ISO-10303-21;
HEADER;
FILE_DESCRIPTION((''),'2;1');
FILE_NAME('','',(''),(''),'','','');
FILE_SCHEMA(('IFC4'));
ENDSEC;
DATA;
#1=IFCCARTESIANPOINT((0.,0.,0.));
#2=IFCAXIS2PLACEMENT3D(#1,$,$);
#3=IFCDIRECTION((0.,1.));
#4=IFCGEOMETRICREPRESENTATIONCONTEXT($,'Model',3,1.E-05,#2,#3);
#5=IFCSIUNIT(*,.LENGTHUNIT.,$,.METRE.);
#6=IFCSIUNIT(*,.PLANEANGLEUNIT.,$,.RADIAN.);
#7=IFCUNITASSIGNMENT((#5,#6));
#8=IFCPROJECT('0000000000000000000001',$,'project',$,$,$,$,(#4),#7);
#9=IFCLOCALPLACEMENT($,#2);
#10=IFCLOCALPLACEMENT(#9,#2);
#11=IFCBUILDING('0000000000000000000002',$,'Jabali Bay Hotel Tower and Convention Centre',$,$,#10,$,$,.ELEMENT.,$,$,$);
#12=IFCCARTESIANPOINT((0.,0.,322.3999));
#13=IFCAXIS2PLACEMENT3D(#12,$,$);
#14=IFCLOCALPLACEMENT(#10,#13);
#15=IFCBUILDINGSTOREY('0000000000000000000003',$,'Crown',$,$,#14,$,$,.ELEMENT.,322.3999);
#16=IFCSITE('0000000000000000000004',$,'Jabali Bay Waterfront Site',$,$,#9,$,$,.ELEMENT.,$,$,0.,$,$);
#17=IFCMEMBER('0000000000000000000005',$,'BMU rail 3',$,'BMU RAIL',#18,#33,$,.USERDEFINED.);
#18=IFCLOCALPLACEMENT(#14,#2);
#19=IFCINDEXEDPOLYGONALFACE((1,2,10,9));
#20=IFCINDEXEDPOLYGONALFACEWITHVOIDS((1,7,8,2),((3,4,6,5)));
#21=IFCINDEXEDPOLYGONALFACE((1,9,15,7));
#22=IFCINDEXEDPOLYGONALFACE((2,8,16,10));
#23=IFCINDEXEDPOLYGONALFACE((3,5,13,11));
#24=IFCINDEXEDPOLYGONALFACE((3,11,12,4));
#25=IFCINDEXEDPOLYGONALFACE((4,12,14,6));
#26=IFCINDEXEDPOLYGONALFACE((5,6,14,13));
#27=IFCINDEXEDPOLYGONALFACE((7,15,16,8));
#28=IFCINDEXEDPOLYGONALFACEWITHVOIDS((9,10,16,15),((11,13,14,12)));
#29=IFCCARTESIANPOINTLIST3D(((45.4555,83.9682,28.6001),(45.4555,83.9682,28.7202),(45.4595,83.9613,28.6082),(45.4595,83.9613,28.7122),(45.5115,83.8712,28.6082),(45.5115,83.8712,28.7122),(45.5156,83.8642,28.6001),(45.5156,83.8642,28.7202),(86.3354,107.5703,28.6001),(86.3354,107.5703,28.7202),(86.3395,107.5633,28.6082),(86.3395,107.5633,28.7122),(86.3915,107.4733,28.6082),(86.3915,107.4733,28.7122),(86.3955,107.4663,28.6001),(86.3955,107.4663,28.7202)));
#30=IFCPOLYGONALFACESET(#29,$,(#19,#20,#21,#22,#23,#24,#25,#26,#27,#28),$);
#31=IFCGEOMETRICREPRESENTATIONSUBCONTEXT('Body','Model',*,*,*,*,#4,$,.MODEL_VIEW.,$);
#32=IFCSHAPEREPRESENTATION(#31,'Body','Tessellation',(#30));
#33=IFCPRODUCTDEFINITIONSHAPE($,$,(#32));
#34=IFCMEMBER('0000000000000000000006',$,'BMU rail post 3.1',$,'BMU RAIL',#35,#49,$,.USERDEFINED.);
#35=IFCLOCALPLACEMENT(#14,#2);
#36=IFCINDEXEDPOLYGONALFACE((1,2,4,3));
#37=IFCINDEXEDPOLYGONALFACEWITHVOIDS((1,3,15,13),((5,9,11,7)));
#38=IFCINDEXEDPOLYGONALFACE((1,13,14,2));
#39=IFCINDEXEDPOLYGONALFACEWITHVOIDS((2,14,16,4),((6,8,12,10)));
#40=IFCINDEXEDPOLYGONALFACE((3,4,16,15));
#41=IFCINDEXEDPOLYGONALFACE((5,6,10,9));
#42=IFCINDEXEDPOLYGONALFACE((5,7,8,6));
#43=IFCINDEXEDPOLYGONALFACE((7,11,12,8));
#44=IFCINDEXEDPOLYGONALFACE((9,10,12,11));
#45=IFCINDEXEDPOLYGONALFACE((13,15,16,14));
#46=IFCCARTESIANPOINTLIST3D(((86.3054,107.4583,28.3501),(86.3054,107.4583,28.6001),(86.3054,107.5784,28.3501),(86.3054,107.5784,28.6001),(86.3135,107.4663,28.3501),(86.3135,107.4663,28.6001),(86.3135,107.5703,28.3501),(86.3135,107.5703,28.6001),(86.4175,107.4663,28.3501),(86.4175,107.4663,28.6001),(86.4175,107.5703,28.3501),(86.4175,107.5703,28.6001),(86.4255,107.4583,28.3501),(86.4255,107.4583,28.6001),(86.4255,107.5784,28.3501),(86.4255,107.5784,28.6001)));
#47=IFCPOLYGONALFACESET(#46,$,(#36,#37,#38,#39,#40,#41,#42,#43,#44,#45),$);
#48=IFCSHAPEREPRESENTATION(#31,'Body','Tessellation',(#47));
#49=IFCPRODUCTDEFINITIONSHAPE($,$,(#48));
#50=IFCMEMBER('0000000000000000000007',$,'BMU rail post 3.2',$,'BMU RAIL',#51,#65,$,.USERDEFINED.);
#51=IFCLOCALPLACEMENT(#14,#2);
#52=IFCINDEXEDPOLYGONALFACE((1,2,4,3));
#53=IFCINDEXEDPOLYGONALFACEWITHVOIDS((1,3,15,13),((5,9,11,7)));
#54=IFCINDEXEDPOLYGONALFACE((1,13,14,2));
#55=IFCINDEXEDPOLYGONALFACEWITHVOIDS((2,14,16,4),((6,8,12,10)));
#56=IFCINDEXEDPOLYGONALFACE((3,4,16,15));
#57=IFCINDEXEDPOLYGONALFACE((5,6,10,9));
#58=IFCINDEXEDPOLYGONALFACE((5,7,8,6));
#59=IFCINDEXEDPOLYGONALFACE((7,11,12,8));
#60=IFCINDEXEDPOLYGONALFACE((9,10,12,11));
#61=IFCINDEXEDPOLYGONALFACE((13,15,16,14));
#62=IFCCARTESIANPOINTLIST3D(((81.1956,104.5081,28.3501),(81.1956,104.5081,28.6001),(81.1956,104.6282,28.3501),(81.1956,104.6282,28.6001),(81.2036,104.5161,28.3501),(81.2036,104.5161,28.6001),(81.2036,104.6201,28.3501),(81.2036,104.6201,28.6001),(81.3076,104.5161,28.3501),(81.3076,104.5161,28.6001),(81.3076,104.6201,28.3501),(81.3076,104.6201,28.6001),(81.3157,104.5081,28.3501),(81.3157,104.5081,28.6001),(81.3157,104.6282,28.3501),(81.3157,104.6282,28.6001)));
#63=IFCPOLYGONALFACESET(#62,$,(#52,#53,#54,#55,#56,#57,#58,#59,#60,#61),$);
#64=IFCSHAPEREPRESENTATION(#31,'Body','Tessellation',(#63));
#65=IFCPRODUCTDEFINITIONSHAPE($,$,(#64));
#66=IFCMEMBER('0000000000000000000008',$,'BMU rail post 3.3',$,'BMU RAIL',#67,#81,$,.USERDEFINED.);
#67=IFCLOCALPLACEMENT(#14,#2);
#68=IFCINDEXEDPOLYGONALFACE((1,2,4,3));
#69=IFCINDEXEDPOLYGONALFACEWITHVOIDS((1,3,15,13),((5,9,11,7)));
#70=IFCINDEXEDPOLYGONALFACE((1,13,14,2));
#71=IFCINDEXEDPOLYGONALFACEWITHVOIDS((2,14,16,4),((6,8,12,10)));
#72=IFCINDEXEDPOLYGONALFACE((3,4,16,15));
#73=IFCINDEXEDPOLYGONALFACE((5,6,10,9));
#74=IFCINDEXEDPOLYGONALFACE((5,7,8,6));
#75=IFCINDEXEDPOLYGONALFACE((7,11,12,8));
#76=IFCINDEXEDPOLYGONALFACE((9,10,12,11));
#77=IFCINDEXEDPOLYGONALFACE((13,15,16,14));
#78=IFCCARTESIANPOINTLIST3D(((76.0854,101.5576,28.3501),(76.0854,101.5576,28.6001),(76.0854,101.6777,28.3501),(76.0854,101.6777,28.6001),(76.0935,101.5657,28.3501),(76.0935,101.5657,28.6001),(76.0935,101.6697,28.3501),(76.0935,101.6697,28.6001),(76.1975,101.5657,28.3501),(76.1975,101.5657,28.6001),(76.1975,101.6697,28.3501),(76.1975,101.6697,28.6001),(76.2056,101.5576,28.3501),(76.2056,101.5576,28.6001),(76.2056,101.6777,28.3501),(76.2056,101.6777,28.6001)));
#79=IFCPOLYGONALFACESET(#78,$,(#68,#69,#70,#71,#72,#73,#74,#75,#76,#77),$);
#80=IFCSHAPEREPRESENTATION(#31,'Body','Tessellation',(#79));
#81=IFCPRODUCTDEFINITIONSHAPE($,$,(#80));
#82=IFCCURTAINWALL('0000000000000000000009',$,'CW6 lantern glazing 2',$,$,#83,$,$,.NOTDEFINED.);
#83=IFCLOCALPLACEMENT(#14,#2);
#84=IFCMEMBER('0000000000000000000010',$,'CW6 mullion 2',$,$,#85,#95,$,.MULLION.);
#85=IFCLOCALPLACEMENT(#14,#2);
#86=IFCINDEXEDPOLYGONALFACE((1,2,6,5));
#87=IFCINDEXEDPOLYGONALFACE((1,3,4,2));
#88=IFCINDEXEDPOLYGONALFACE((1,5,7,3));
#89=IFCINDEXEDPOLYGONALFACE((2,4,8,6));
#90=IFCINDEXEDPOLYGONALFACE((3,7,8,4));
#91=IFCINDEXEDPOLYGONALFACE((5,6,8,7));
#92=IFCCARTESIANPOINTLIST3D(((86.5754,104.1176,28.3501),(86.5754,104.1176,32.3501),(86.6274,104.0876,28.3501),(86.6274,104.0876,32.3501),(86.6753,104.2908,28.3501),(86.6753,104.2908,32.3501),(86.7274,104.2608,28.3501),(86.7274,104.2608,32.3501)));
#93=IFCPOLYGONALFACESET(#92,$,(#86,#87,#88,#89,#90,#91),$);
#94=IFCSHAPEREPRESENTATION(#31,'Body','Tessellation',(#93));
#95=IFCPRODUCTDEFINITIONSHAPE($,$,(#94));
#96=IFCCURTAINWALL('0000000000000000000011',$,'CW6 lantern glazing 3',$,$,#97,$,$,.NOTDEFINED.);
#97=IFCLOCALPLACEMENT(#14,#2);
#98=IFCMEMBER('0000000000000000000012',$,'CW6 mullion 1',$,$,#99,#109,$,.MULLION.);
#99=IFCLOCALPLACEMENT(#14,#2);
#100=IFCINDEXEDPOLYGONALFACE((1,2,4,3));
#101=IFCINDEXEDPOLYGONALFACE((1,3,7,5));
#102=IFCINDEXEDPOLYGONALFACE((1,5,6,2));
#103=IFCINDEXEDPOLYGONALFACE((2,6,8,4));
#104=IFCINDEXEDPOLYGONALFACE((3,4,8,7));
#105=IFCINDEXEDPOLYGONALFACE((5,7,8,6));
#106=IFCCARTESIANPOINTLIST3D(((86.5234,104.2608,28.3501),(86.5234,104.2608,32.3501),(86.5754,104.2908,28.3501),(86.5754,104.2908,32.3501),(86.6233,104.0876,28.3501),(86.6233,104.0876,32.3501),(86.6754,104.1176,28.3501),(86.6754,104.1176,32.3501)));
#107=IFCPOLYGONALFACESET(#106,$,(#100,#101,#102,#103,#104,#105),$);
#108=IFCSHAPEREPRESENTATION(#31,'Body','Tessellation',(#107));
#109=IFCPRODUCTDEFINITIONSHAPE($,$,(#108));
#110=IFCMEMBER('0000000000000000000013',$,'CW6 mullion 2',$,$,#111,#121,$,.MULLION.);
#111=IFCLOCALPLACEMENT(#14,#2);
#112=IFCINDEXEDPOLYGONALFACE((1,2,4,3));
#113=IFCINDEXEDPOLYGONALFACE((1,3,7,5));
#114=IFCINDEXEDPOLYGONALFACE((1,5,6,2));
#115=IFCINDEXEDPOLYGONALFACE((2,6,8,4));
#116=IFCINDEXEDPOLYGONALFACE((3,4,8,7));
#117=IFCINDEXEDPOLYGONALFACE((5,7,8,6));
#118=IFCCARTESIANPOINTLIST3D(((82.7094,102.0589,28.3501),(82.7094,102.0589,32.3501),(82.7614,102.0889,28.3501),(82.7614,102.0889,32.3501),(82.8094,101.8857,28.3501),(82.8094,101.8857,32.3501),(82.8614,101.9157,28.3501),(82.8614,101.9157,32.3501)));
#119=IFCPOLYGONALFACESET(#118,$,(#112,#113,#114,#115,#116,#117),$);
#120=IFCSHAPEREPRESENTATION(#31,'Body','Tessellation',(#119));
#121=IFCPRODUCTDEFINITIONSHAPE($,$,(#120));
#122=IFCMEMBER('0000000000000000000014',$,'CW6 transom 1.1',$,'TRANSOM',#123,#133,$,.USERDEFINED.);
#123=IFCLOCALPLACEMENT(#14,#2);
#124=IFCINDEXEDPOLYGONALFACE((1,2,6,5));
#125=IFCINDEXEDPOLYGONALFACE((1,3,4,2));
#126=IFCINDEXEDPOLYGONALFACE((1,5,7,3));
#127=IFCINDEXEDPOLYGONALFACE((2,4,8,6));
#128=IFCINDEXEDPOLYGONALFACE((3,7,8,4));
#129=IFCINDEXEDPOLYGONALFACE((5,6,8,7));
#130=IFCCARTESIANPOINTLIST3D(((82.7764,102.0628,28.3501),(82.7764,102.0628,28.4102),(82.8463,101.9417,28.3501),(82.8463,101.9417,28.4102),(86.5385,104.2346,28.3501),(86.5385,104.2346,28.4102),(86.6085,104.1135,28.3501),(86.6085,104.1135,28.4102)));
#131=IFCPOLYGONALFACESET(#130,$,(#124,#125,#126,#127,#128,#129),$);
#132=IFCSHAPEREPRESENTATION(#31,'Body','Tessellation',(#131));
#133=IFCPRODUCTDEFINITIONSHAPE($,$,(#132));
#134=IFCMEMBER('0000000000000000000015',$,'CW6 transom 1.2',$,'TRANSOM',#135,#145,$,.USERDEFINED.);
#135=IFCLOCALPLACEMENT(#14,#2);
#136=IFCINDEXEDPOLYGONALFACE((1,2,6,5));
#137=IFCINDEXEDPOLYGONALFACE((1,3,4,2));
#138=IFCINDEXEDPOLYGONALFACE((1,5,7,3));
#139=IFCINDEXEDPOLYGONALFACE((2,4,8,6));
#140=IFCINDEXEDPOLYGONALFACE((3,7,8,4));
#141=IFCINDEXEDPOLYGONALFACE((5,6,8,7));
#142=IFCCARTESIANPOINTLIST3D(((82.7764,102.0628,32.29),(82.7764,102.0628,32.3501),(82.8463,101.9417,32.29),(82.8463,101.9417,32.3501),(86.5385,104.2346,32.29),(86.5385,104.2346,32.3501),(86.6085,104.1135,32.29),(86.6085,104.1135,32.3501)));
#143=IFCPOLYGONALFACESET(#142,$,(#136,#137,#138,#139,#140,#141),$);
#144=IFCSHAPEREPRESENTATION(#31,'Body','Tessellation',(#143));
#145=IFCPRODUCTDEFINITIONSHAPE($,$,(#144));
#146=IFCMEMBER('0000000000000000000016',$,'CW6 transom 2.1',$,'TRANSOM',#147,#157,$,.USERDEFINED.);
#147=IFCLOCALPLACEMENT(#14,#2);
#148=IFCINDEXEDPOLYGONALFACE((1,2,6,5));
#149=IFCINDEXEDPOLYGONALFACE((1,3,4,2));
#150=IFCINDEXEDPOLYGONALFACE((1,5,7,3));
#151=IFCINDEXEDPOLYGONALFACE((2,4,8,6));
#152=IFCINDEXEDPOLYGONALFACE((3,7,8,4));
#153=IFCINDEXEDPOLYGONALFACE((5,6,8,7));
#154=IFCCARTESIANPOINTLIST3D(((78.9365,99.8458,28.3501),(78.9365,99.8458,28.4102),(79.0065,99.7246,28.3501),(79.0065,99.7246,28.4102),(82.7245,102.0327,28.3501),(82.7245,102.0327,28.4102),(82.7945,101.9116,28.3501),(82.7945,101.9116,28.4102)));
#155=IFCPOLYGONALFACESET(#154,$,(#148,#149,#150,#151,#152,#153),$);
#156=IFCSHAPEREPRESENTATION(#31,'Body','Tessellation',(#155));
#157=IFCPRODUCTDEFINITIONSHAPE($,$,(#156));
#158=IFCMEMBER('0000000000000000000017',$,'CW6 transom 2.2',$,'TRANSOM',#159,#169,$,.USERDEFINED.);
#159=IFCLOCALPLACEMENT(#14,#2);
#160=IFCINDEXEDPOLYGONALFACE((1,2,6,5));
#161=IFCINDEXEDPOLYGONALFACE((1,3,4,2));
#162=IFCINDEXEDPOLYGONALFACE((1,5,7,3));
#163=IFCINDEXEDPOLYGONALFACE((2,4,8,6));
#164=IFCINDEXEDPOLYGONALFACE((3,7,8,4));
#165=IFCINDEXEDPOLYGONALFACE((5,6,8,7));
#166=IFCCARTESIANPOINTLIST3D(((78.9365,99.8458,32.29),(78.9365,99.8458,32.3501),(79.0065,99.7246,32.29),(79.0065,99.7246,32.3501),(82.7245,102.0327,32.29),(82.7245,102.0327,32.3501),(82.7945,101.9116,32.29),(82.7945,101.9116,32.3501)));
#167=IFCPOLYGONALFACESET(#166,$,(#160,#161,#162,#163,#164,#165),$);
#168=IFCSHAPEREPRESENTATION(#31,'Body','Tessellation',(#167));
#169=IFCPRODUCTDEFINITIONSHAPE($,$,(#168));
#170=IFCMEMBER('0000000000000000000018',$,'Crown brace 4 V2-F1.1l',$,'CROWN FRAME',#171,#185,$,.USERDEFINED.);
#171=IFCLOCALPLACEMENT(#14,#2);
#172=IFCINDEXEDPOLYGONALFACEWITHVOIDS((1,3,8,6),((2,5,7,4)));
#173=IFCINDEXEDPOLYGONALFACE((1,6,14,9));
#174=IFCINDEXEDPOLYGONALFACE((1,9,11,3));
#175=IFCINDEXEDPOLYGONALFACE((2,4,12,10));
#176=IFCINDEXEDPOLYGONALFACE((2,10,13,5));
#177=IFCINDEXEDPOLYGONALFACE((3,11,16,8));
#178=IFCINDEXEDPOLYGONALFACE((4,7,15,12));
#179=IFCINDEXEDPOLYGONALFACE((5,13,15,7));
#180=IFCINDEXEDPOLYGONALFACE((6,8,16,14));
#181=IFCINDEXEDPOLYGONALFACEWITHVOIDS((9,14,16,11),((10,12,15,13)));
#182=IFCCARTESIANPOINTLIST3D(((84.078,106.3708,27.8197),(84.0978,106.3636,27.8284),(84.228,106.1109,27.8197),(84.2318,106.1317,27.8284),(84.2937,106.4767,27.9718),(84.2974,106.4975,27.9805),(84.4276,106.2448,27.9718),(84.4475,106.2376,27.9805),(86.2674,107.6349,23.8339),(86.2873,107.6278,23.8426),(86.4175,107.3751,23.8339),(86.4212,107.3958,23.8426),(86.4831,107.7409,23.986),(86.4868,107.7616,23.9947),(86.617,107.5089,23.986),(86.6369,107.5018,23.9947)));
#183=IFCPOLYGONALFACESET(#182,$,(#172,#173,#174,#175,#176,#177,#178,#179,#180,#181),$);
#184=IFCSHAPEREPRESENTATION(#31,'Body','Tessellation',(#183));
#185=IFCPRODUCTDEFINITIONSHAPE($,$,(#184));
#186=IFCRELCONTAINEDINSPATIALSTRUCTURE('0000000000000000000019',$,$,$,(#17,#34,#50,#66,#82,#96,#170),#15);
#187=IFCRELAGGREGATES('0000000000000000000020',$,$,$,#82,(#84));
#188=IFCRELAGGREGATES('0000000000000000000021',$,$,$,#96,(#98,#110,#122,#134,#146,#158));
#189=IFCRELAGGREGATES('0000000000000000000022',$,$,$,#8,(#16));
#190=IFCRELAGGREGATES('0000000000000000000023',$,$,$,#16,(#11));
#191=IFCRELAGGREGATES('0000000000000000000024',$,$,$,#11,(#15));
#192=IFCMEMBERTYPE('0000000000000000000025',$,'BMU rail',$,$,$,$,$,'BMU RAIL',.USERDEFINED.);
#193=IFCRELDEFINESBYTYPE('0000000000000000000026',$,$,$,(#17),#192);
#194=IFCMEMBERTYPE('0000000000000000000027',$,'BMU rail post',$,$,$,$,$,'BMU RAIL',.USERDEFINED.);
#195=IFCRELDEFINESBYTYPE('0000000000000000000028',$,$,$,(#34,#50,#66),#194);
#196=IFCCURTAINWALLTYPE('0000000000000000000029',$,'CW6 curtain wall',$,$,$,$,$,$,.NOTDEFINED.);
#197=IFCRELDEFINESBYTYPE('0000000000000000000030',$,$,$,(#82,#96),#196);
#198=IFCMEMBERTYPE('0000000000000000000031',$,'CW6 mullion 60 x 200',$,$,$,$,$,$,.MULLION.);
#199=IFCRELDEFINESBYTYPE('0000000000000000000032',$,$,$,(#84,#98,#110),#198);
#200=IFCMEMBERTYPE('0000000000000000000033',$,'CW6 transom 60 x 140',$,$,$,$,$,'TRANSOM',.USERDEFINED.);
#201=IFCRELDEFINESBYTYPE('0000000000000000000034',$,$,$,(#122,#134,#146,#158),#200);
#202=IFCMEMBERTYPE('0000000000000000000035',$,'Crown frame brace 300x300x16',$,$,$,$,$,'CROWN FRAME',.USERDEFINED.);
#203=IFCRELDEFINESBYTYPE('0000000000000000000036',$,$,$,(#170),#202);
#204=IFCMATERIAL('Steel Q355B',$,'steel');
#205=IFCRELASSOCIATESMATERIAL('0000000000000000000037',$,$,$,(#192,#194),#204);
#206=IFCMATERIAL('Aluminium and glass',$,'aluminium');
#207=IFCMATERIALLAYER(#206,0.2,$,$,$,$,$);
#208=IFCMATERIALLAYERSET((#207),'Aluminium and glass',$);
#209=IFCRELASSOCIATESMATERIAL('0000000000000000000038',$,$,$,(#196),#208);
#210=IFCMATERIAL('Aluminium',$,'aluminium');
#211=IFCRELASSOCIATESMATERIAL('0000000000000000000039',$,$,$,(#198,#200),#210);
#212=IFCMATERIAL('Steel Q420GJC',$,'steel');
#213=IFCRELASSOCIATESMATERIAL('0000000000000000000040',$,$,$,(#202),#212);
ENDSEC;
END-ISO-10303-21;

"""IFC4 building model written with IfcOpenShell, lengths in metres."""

from ifc_helpers import new_model, si_unit, direction, frame, origin, origin_2d, place, context, subcontext, project, spatial, rectangle, hollow_rectangle, extrude, material, layer, layer_set, material_profile, profile_set, type_object, element, aggregate, save


model = new_model("IFC4")

# Units and contexts
model_context = context("Model", 3, precision=1e-05, world=origin(), true_north=direction((0.0, 1.0)))
body_context = subcontext(model_context, "Body", "Model", "MODEL_VIEW")
ifc_project = project(units=[si_unit("LENGTHUNIT", "METRE"), si_unit("PLANEANGLEUNIT", "RADIAN")], contexts=[model_context])

# Site, building, storey
site_placement = place(None, origin())
site = spatial("IfcSite", under=ifc_project, at=site_placement, Name="Jabali Bay Waterfront Site", CompositionType="ELEMENT", RefElevation=0.0)
building_placement = place(site_placement, origin())
building = spatial("IfcBuilding", under=site, at=building_placement, Name="Jabali Bay Hotel Tower and Convention Centre", CompositionType="ELEMENT")
storey_placement = place(building_placement, frame((0.0, 0.0, 322.3999)))
storey = spatial("IfcBuildingStorey", under=building, at=storey_placement, Name="Crown", CompositionType="ELEMENT", Elevation=322.3999)

# Members
ifc_material_1 = material(Name="Steel Q355B", Category="steel")
ifc_material_profile_1 = material_profile(ifc_material_1, hollow_rectangle(XDim=0.1201, YDim=0.1201, WallThickness=0.0081, at=origin_2d()), Name="BMU rail")
ifc_profile_set_1 = profile_set([ifc_material_profile_1], Name="Steel Q355B")
member_type_1 = type_object("IfcMemberType", Name="BMU rail", ElementType="BMU RAIL", PredefinedType="USERDEFINED", material=ifc_profile_set_1)
member_1_placement = place(storey_placement, frame((86.3655, 107.5183, 28.6602), z_axis=(-0.866025, -0.500001, 0.0), x_axis=(0.500001, -0.866025, 0.0)))
element("IfcMember", 1, at=member_1_placement, inside=storey, type_object=member_type_1, Name="BMU rail 3", ObjectType="BMU RAIL", PredefinedType="USERDEFINED", context=body_context, shape_type="SweptSolid", body=[
    extrude(hollow_rectangle(XDim=0.1201, YDim=0.1201, WallThickness=0.0081, at=origin_2d()), origin(), (0.0, 0.0, 1.0), 47.2041),
])
ifc_material_profile_2 = material_profile(ifc_material_1, hollow_rectangle(XDim=0.1201, YDim=0.1201, WallThickness=0.0081, at=origin_2d()), Name="BMU rail post")
ifc_profile_set_2 = profile_set([ifc_material_profile_2], Name="Steel Q355B")
member_type_2 = type_object("IfcMemberType", Name="BMU rail post", ElementType="BMU RAIL", PredefinedType="USERDEFINED", material=ifc_profile_set_2)
for number, where, z_axis, x_axis, name in (
    (2, (86.3655, 107.5183, 28.3501), (0.0, 0.0, 1.0), (1.0, 0.0, 0.0), "BMU rail post 3.1"),
    (3, (81.2556, 104.5681, 28.3501), (0.0, 0.0, 1.0), (1.0, 0.0, 0.0), "BMU rail post 3.2"),
    (4, (76.1455, 101.6177, 28.3501), (0.0, 0.0, 1.0), (1.0, 0.0, 0.0), "BMU rail post 3.3"),
):
    element("IfcMember", number, at=place(storey_placement, frame(where, z_axis=z_axis, x_axis=x_axis)), inside=storey, type_object=member_type_2, Name=name, ObjectType="BMU RAIL", PredefinedType="USERDEFINED", context=body_context, shape_type="SweptSolid", body=[
        extrude(hollow_rectangle(XDim=0.1201, YDim=0.1201, WallThickness=0.0081, at=origin_2d()), origin(), (0.0, 0.0, 1.0), 0.25),
    ])

# Curtain wall, member
ifc_material_2 = material(Name="Aluminium and glass", Category="aluminium")
ifc_layer_1 = layer(ifc_material_2, 0.2)
ifc_layer_set_1 = layer_set([ifc_layer_1], Name="Aluminium and glass")
curtain_wall_type = type_object("IfcCurtainWallType", Name="CW6 curtain wall", PredefinedType="NOTDEFINED", material=ifc_layer_set_1)
curtain_wall_1_placement = place(storey_placement, origin())
curtain_wall_1 = element("IfcCurtainWall", 5, at=curtain_wall_1_placement, inside=storey, type_object=curtain_wall_type, Name="CW6 lantern glazing 2", PredefinedType="NOTDEFINED")
ifc_material_3 = material(Name="Aluminium", Category="aluminium")
ifc_material_profile_3 = material_profile(ifc_material_3, rectangle(XDim=0.2, YDim=0.0601, at=origin_2d()), Name="CW6 mullion 60 x 200")
ifc_profile_set_3 = profile_set([ifc_material_profile_3], Name="Aluminium")
member_type_3 = type_object("IfcMemberType", Name="CW6 mullion 60 x 200", PredefinedType="MULLION", material=ifc_profile_set_3)
member_2_placement = place(storey_placement, frame((86.6514, 104.1892, 28.3501), z_axis=(0.0, 0.0, 1.0), x_axis=(-0.5, -0.866025, 0.0)))
member_2 = element("IfcMember", 6, at=member_2_placement, type_object=member_type_3, Name="CW6 mullion 2", PredefinedType="MULLION", context=body_context, shape_type="SweptSolid", body=[
    extrude(rectangle(XDim=0.2, YDim=0.0601, at=origin_2d()), origin(), (0.0, 0.0, 1.0), 4.0),
])
aggregate(curtain_wall_1, [member_2])

# Curtain wall, members
curtain_wall_2_placement = place(storey_placement, origin())
curtain_wall_2 = element("IfcCurtainWall", 7, at=curtain_wall_2_placement, inside=storey, type_object=curtain_wall_type, Name="CW6 lantern glazing 3", PredefinedType="NOTDEFINED")
member_3_placement = place(storey_placement, frame((86.5994, 104.1892, 28.3501), z_axis=(0.0, 0.0, 1.0), x_axis=(0.5, -0.866025, 0.0)))
member_3 = element("IfcMember", 8, at=member_3_placement, type_object=member_type_3, Name="CW6 mullion 1", PredefinedType="MULLION", context=body_context, shape_type="SweptSolid", body=[
    extrude(rectangle(XDim=0.2, YDim=0.0601, at=origin_2d()), origin(), (0.0, 0.0, 1.0), 4.0),
])
member_4_placement = place(storey_placement, frame((82.7854, 101.9873, 28.3501), z_axis=(0.0, 0.0, 1.0), x_axis=(0.5, -0.866025, 0.0)))
member_4 = element("IfcMember", 9, at=member_4_placement, type_object=member_type_3, Name="CW6 mullion 2", PredefinedType="MULLION", context=body_context, shape_type="SweptSolid", body=[
    extrude(rectangle(XDim=0.2, YDim=0.0601, at=origin_2d()), origin(), (0.0, 0.0, 1.0), 4.0),
])
ifc_material_profile_4 = material_profile(ifc_material_3, rectangle(XDim=0.1399, YDim=0.0601, at=origin_2d()), Name="CW6 transom 60 x 140")
ifc_profile_set_4 = profile_set([ifc_material_profile_4], Name="Aluminium")
member_type_4 = type_object("IfcMemberType", Name="CW6 transom 60 x 140", ElementType="TRANSOM", PredefinedType="USERDEFINED", material=ifc_profile_set_4)
member_5_placement = place(storey_placement, frame((86.5735, 104.1741, 28.3801), z_axis=(-0.866049, -0.499959, 0.0), x_axis=(0.499959, -0.866049, 0.0)))
member_5 = element("IfcMember", 10, at=member_5_placement, type_object=member_type_4, Name="CW6 transom 1.1", ObjectType="TRANSOM", PredefinedType="USERDEFINED", context=body_context, shape_type="SweptSolid", body=[
    extrude(rectangle(XDim=0.1399, YDim=0.0601, at=origin_2d()), origin(), (0.0, 0.0, 1.0), 4.344),
])
member_6_placement = place(storey_placement, frame((86.5735, 104.1741, 32.3201), z_axis=(-0.866049, -0.499959, 0.0), x_axis=(0.499959, -0.866049, 0.0)))
member_6 = element("IfcMember", 11, at=member_6_placement, type_object=member_type_4, Name="CW6 transom 1.2", ObjectType="TRANSOM", PredefinedType="USERDEFINED", context=body_context, shape_type="SweptSolid", body=[
    extrude(rectangle(XDim=0.1399, YDim=0.0601, at=origin_2d()), origin(), (0.0, 0.0, 1.0), 4.344),
])
member_7_placement = place(storey_placement, frame((82.7595, 101.9722, 28.3801), z_axis=(-0.866029, -0.499993, 0.0), x_axis=(0.499993, -0.866029, 0.0)))
member_7 = element("IfcMember", 12, at=member_7_placement, type_object=member_type_4, Name="CW6 transom 2.1", ObjectType="TRANSOM", PredefinedType="USERDEFINED", context=body_context, shape_type="SweptSolid", body=[
    extrude(rectangle(XDim=0.1399, YDim=0.0601, at=origin_2d()), origin(), (0.0, 0.0, 1.0), 4.374),
])
member_8_placement = place(storey_placement, frame((82.7595, 101.9722, 32.3201), z_axis=(-0.866029, -0.499993, 0.0), x_axis=(0.499993, -0.866029, 0.0)))
member_8 = element("IfcMember", 13, at=member_8_placement, type_object=member_type_4, Name="CW6 transom 2.2", ObjectType="TRANSOM", PredefinedType="USERDEFINED", context=body_context, shape_type="SweptSolid", body=[
    extrude(rectangle(XDim=0.1399, YDim=0.0601, at=origin_2d()), origin(), (0.0, 0.0, 1.0), 4.374),
])

# Member
ifc_material_4 = material(Name="Steel Q420GJC", Category="steel")
ifc_material_profile_5 = material_profile(ifc_material_4, hollow_rectangle(XDim=0.3, YDim=0.3, WallThickness=0.0161, at=origin_2d()), Name="Crown frame brace 300x300x16")
ifc_profile_set_5 = profile_set([ifc_material_profile_5], Name="Steel Q420GJC")
member_type_5 = type_object("IfcMemberType", Name="Crown frame brace 300x300x16", ElementType="CROWN FRAME", PredefinedType="USERDEFINED", material=ifc_profile_set_5)
member_9_placement = place(storey_placement, frame((86.4521, 107.5684, 23.9143), z_axis=(-0.463864, -0.267829, 0.844451), x_axis=(0.500023, -0.866012, 0.0)))
element("IfcMember", 14, at=member_9_placement, inside=storey, type_object=member_type_5, Name="Crown brace 4 V2-F1.1l", ObjectType="CROWN FRAME", PredefinedType="USERDEFINED", context=body_context, shape_type="SweptSolid", body=[
    extrude(hollow_rectangle(XDim=0.3, YDim=0.3, WallThickness=0.0161, at=origin_2d()), origin(), (0.0, 0.0, 1.0), 4.72),
])

aggregate(curtain_wall_2, [member_3, member_4, member_5, member_6, member_7, member_8])

save(model, "model.ifc")
